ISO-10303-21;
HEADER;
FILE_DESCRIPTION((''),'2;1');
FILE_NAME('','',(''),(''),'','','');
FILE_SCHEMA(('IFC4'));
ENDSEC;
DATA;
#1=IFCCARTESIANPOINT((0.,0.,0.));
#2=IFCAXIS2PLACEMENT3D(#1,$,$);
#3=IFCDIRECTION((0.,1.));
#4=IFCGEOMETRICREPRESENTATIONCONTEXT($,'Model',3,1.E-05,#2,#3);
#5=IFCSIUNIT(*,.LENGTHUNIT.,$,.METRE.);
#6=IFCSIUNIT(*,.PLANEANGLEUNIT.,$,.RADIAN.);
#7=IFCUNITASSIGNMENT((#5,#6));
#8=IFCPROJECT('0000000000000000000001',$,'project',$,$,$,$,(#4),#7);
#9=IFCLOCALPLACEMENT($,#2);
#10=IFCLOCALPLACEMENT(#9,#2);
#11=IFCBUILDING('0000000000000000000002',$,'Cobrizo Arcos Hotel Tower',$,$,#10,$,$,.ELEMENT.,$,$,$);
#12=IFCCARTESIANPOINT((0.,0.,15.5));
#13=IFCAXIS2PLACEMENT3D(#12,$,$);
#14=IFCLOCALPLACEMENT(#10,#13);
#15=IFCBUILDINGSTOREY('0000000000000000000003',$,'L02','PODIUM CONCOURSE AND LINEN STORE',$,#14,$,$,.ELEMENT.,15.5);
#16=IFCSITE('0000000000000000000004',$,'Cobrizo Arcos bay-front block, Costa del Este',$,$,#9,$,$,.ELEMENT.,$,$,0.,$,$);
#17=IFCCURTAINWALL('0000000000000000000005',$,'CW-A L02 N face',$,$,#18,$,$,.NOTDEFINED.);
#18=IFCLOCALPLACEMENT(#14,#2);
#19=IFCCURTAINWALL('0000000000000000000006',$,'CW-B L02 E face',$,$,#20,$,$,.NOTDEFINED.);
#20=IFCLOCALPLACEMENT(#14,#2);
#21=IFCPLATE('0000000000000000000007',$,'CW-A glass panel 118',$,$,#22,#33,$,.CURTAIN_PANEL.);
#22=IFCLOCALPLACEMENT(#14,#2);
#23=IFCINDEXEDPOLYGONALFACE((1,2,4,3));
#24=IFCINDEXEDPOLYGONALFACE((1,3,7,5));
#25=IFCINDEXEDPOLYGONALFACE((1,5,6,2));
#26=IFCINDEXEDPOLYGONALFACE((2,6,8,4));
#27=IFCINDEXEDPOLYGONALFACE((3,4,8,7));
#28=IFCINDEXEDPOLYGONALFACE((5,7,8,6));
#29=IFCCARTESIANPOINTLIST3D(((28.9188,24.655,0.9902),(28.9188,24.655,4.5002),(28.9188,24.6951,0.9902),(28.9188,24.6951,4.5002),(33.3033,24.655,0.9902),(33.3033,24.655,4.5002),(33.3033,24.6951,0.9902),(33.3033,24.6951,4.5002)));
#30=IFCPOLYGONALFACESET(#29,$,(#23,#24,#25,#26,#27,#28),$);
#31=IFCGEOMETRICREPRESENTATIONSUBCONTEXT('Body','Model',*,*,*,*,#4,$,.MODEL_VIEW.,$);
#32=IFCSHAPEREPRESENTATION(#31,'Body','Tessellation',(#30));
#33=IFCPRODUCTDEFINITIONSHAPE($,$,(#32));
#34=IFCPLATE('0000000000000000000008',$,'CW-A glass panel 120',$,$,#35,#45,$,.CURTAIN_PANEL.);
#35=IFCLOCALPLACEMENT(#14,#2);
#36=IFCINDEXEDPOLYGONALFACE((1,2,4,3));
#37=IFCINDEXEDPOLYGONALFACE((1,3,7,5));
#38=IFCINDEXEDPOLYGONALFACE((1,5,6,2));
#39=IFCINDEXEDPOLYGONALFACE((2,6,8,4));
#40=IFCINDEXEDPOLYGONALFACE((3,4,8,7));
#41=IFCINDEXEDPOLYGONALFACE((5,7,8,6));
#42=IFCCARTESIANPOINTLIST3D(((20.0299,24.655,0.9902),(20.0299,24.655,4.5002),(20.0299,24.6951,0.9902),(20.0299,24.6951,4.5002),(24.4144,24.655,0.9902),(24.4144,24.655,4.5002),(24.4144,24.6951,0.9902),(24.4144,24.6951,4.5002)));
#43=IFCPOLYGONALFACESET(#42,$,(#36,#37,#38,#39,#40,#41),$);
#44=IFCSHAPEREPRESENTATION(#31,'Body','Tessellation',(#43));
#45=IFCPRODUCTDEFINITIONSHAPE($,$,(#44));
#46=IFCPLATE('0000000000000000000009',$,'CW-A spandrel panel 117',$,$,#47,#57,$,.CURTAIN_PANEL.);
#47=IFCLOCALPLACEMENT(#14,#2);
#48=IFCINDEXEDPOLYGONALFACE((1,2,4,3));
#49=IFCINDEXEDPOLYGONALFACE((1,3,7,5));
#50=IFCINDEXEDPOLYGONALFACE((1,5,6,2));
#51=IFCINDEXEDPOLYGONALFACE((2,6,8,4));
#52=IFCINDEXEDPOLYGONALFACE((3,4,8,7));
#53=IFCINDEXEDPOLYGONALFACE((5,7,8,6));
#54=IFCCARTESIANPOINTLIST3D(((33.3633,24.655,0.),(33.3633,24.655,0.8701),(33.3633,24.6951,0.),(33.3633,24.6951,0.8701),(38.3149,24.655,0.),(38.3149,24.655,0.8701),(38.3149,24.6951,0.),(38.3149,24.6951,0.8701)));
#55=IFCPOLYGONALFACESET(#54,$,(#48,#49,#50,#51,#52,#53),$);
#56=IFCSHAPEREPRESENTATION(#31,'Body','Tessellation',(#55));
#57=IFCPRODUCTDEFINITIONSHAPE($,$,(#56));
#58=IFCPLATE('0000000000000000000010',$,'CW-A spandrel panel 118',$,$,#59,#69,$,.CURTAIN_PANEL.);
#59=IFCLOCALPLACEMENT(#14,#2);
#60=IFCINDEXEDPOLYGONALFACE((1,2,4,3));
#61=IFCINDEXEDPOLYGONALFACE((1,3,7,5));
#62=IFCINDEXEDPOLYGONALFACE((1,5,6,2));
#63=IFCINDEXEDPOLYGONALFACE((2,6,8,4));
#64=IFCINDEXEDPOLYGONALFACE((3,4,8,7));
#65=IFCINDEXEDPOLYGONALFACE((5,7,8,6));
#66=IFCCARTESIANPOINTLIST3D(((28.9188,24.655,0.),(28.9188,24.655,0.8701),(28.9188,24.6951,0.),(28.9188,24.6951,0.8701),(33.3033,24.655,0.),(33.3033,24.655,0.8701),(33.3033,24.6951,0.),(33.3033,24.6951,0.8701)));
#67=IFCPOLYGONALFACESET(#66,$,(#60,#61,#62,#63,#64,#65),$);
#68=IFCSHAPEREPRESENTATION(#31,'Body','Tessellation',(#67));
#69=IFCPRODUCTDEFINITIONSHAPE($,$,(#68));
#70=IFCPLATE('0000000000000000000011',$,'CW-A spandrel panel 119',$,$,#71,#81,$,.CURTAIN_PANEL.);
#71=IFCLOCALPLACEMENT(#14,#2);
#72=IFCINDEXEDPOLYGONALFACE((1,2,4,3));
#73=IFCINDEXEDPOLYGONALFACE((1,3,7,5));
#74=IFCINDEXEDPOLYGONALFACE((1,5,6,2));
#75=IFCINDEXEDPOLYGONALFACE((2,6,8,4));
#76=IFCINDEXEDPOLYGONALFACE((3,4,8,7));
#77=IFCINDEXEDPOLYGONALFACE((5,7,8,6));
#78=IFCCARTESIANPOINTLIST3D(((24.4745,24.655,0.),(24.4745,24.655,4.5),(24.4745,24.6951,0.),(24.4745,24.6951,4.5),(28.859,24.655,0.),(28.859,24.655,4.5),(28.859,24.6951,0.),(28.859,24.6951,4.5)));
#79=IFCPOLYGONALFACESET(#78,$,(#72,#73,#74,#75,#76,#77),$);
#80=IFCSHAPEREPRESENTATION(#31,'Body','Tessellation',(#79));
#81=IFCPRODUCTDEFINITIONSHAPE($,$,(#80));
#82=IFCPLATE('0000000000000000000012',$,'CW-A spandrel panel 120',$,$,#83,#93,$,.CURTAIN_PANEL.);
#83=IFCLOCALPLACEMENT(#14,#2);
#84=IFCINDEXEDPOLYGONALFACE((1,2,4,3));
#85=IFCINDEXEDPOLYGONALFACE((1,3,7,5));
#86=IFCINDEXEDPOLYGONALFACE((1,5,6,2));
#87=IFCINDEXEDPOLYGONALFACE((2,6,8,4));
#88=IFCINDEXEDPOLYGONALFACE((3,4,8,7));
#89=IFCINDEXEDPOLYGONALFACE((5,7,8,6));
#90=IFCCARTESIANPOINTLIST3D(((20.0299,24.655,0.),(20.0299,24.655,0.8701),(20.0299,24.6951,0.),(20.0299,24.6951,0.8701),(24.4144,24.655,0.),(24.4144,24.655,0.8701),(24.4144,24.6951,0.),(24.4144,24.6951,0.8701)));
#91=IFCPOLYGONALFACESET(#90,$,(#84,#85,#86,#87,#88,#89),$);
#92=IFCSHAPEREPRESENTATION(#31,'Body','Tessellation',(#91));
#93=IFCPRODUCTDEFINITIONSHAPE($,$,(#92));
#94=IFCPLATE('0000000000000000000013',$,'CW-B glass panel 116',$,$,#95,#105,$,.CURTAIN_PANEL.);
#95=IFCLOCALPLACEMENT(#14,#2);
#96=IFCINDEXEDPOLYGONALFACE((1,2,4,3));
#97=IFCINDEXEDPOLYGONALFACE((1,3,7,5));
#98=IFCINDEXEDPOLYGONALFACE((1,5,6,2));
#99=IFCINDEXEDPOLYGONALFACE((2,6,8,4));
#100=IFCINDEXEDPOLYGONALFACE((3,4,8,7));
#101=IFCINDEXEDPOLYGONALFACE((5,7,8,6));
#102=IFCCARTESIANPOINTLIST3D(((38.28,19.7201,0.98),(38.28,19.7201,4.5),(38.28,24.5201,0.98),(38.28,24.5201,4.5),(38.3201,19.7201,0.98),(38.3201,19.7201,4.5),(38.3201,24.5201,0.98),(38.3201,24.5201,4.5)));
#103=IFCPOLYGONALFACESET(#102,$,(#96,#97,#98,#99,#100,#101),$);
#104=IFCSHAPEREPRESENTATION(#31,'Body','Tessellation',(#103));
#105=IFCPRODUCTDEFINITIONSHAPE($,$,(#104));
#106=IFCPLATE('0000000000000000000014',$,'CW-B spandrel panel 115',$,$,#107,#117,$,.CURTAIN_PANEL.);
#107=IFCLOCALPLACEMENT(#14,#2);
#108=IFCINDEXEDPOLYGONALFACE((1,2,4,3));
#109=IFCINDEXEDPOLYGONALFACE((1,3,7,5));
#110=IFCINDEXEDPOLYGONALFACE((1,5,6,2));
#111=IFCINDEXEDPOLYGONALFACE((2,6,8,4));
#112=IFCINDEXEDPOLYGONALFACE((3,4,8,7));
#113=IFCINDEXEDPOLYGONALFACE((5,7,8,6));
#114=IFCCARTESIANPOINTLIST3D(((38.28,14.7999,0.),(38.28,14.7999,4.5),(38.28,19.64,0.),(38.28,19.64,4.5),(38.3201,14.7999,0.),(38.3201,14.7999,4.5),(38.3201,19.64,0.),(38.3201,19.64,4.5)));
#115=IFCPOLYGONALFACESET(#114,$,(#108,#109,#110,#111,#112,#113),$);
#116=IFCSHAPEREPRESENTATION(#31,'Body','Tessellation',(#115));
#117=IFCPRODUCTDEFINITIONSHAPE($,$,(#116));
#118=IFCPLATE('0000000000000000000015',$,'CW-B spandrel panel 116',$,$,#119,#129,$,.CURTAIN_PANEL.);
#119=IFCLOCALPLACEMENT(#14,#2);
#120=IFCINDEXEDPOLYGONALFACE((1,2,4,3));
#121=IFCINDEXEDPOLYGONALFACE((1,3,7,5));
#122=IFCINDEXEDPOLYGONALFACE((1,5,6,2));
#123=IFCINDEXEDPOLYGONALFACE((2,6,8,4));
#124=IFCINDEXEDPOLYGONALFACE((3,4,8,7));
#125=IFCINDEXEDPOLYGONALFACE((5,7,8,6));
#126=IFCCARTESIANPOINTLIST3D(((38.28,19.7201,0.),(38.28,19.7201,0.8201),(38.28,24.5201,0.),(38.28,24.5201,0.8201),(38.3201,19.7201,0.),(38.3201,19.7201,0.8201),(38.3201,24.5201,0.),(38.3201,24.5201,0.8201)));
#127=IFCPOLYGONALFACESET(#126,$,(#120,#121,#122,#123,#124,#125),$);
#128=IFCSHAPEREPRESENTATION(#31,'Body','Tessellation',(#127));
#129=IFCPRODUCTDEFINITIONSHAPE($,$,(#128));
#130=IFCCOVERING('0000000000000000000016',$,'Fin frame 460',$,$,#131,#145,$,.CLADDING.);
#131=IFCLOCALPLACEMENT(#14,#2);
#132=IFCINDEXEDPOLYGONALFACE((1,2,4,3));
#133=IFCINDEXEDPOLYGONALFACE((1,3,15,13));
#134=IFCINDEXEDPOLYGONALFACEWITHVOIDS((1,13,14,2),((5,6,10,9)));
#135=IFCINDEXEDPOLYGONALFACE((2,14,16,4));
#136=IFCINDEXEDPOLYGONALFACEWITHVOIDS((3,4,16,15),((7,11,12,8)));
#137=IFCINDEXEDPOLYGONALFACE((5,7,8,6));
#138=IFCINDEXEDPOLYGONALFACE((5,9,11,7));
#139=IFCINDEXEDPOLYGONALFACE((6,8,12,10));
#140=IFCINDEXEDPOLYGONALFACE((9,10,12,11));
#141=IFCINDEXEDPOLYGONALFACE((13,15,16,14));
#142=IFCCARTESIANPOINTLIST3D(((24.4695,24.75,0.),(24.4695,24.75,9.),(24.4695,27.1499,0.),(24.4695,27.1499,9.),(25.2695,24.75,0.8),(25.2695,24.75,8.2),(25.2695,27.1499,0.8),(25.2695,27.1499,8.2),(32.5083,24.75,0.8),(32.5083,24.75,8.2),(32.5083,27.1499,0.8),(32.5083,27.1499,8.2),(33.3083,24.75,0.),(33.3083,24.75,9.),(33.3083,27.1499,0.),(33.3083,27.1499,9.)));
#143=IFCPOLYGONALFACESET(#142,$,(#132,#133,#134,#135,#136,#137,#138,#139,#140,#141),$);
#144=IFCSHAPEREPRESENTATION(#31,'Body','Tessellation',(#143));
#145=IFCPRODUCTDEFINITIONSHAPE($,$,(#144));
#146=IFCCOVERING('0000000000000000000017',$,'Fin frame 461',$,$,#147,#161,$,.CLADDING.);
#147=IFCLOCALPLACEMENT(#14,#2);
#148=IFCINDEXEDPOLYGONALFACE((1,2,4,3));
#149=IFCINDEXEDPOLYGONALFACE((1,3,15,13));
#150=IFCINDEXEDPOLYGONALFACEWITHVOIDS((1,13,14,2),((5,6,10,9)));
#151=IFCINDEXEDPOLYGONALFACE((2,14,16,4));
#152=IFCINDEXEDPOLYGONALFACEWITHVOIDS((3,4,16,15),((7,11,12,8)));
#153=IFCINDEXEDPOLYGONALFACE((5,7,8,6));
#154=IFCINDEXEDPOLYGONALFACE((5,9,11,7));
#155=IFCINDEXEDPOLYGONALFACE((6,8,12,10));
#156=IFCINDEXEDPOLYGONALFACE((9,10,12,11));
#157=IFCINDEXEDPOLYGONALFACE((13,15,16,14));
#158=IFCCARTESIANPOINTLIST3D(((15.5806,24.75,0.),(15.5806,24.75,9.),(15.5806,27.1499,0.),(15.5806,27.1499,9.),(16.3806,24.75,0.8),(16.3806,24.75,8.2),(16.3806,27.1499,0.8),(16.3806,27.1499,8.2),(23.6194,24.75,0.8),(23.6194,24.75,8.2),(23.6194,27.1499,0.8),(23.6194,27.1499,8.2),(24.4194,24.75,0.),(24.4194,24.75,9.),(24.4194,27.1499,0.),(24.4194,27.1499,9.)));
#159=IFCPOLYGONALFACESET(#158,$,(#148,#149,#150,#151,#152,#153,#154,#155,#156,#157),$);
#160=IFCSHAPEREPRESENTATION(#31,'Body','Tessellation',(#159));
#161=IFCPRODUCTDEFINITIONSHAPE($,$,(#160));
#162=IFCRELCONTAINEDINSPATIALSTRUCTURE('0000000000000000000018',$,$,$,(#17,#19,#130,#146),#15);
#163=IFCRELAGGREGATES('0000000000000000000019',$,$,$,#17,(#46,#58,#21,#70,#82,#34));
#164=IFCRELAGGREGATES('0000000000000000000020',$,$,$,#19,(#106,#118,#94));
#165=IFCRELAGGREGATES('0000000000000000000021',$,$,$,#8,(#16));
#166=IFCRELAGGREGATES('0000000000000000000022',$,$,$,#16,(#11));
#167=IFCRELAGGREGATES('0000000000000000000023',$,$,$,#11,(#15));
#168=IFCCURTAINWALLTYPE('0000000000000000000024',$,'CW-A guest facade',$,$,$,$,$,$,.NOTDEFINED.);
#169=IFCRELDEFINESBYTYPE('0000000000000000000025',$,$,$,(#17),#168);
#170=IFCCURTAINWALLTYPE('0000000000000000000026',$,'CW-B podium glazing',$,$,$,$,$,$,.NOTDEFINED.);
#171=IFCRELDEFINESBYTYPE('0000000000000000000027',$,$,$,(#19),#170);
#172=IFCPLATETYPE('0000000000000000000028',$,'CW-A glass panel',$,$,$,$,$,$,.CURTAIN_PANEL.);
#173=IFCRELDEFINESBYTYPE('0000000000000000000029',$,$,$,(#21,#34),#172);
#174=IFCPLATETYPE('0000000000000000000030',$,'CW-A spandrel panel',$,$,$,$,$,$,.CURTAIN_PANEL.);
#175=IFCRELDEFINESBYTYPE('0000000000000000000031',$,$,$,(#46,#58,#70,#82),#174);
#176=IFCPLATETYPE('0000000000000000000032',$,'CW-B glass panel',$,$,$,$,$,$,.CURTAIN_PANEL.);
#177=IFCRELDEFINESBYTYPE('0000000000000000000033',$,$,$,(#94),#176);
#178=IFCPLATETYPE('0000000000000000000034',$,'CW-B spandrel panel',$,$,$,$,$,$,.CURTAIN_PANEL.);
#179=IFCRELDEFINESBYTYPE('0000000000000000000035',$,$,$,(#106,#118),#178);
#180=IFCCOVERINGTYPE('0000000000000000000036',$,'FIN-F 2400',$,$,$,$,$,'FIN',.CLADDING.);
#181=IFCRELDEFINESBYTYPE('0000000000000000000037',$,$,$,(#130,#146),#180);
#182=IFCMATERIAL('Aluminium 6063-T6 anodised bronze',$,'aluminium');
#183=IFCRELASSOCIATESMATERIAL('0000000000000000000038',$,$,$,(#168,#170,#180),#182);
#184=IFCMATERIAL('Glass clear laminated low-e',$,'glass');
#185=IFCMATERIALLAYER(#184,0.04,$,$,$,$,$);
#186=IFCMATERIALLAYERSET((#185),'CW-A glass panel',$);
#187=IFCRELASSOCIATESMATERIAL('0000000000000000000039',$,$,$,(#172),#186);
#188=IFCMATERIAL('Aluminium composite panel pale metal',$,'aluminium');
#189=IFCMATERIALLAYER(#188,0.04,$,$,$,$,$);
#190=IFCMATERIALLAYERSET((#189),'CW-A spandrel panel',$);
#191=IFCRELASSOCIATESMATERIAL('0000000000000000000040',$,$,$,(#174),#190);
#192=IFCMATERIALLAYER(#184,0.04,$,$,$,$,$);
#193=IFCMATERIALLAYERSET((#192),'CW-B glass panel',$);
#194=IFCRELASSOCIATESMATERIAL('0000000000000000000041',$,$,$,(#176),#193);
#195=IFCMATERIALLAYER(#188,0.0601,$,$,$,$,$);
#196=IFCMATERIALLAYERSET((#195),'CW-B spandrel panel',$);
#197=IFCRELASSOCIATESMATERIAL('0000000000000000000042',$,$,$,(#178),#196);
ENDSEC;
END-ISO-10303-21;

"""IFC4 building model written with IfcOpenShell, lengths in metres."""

from ifc_helpers import new_model, si_unit, direction, frame, origin, origin_2d, place, context, subcontext, project, spatial, polyline, rectangle, outline, extrude, material, layer, layer_set, type_object, element, aggregate, save


model = new_model("IFC4")

# Units and contexts
model_context = context("Model", 3, precision=1e-05, world=origin(), true_north=direction((0.0, 1.0)))
body_context = subcontext(model_context, "Body", "Model", "MODEL_VIEW")
ifc_project = project(units=[si_unit("LENGTHUNIT", "METRE"), si_unit("PLANEANGLEUNIT", "RADIAN")], contexts=[model_context])

# Site, building, storey
site_placement = place(None, origin())
site = spatial("IfcSite", under=ifc_project, at=site_placement, Name="Cobrizo Arcos bay-front block, Costa del Este", CompositionType="ELEMENT", RefElevation=0.0)
building_placement = place(site_placement, origin())
building = spatial("IfcBuilding", under=site, at=building_placement, Name="Cobrizo Arcos Hotel Tower", CompositionType="ELEMENT")
storey_placement = place(building_placement, frame((0.0, 0.0, 15.5)))
storey = spatial("IfcBuildingStorey", under=building, at=storey_placement, Name="L02", Description="PODIUM CONCOURSE AND LINEN STORE", CompositionType="ELEMENT", Elevation=15.5)

# Curtain walls
ifc_material_1 = material(Name="Aluminium 6063-T6 anodised bronze", Category="aluminium")
curtain_wall_type_1 = type_object("IfcCurtainWallType", Name="CW-A guest facade", PredefinedType="NOTDEFINED", material=ifc_material_1)
curtain_wall_1_placement = place(storey_placement, origin())
curtain_wall_1 = element("IfcCurtainWall", 1, at=curtain_wall_1_placement, inside=storey, type_object=curtain_wall_type_1, Name="CW-A L02 N face", PredefinedType="NOTDEFINED")
curtain_wall_type_2 = type_object("IfcCurtainWallType", Name="CW-B podium glazing", PredefinedType="NOTDEFINED", material=ifc_material_1)
curtain_wall_2_placement = place(storey_placement, origin())
curtain_wall_2 = element("IfcCurtainWall", 2, at=curtain_wall_2_placement, inside=storey, type_object=curtain_wall_type_2, Name="CW-B L02 E face", PredefinedType="NOTDEFINED")

# Plates
ifc_material_2 = material(Name="Glass clear laminated low-e", Category="glass")
ifc_layer_1 = layer(ifc_material_2, 0.04)
ifc_layer_set_1 = layer_set([ifc_layer_1], Name="CW-A glass panel")
plate_type_1 = type_object("IfcPlateType", Name="CW-A glass panel", PredefinedType="CURTAIN_PANEL", material=ifc_layer_set_1)
plate_1_placement = place(storey_placement, frame((31.1111, 24.675, 0.9902), z_axis=(0.0, 0.0, 1.0), x_axis=(-1.0, 0.0, 0.0)))
plate_1 = element("IfcPlate", 3, at=plate_1_placement, type_object=plate_type_1, Name="CW-A glass panel 118", PredefinedType="CURTAIN_PANEL", context=body_context, shape_type="SweptSolid", body=[
    extrude(rectangle(XDim=4.3845, YDim=0.04, at=origin_2d()), origin(), (0.0, 0.0, 1.0), 3.51),
])
plate_2_placement = place(storey_placement, frame((22.2222, 24.675, 0.9902), z_axis=(0.0, 0.0, 1.0), x_axis=(-1.0, 0.0, 0.0)))
plate_2 = element("IfcPlate", 4, at=plate_2_placement, type_object=plate_type_1, Name="CW-A glass panel 120", PredefinedType="CURTAIN_PANEL", context=body_context, shape_type="SweptSolid", body=[
    extrude(rectangle(XDim=4.3845, YDim=0.04, at=origin_2d()), origin(), (0.0, 0.0, 1.0), 3.51),
])
ifc_material_3 = material(Name="Aluminium composite panel pale metal", Category="aluminium")
ifc_layer_2 = layer(ifc_material_3, 0.04)
ifc_layer_set_2 = layer_set([ifc_layer_2], Name="CW-A spandrel panel")
plate_type_2 = type_object("IfcPlateType", Name="CW-A spandrel panel", PredefinedType="CURTAIN_PANEL", material=ifc_layer_set_2)
plate_3_placement = place(storey_placement, frame((35.8391, 24.675, 0.0), z_axis=(0.0, 0.0, 1.0), x_axis=(-1.0, 0.0, 0.0)))
plate_3 = element("IfcPlate", 5, at=plate_3_placement, type_object=plate_type_2, Name="CW-A spandrel panel 117", PredefinedType="CURTAIN_PANEL", context=body_context, shape_type="SweptSolid", body=[
    extrude(rectangle(XDim=4.9517, YDim=0.04, at=origin_2d()), origin(), (0.0, 0.0, 1.0), 0.8701),
])
plate_4_placement = place(storey_placement, frame((31.1111, 24.675, 0.0), z_axis=(0.0, 0.0, 1.0), x_axis=(-1.0, 0.0, 0.0)))
plate_4 = element("IfcPlate", 6, at=plate_4_placement, type_object=plate_type_2, Name="CW-A spandrel panel 118", PredefinedType="CURTAIN_PANEL", context=body_context, shape_type="SweptSolid", body=[
    extrude(rectangle(XDim=4.3845, YDim=0.04, at=origin_2d()), origin(), (0.0, 0.0, 1.0), 0.8701),
])
plate_5_placement = place(storey_placement, frame((26.6667, 24.675, 0.0), z_axis=(0.0, 0.0, 1.0), x_axis=(-1.0, 0.0, 0.0)))
plate_5 = element("IfcPlate", 7, at=plate_5_placement, type_object=plate_type_2, Name="CW-A spandrel panel 119", PredefinedType="CURTAIN_PANEL", context=body_context, shape_type="SweptSolid", body=[
    extrude(rectangle(XDim=4.3845, YDim=0.04, at=origin_2d()), origin(), (0.0, 0.0, 1.0), 4.5),
])
plate_6_placement = place(storey_placement, frame((22.2222, 24.675, 0.0), z_axis=(0.0, 0.0, 1.0), x_axis=(-1.0, 0.0, 0.0)))
plate_6 = element("IfcPlate", 8, at=plate_6_placement, type_object=plate_type_2, Name="CW-A spandrel panel 120", PredefinedType="CURTAIN_PANEL", context=body_context, shape_type="SweptSolid", body=[
    extrude(rectangle(XDim=4.3845, YDim=0.04, at=origin_2d()), origin(), (0.0, 0.0, 1.0), 0.8701),
])
aggregate(curtain_wall_1, [plate_3, plate_4, plate_1, plate_5, plate_6, plate_2])
ifc_layer_3 = layer(ifc_material_2, 0.04)
ifc_layer_set_3 = layer_set([ifc_layer_3], Name="CW-B glass panel")
plate_type_3 = type_object("IfcPlateType", Name="CW-B glass panel", PredefinedType="CURTAIN_PANEL", material=ifc_layer_set_3)
plate_7_placement = place(storey_placement, frame((38.3, 22.1201, 0.98), z_axis=(0.0, 0.0, 1.0), x_axis=(0.0, 1.0, 0.0)))
plate_7 = element("IfcPlate", 9, at=plate_7_placement, type_object=plate_type_3, Name="CW-B glass panel 116", PredefinedType="CURTAIN_PANEL", context=body_context, shape_type="SweptSolid", body=[
    extrude(rectangle(XDim=4.8, YDim=0.04, at=origin_2d()), origin(), (0.0, 0.0, 1.0), 3.52),
])
ifc_layer_4 = layer(ifc_material_3, 0.0601)
ifc_layer_set_4 = layer_set([ifc_layer_4], Name="CW-B spandrel panel")
plate_type_4 = type_object("IfcPlateType", Name="CW-B spandrel panel", PredefinedType="CURTAIN_PANEL", material=ifc_layer_set_4)
plate_8_placement = place(storey_placement, frame((38.3, 17.22, 0.0), z_axis=(0.0, 0.0, 1.0), x_axis=(0.0, 1.0, 0.0)))
plate_8 = element("IfcPlate", 10, at=plate_8_placement, type_object=plate_type_4, Name="CW-B spandrel panel 115", PredefinedType="CURTAIN_PANEL", context=body_context, shape_type="SweptSolid", body=[
    extrude(rectangle(XDim=4.8401, YDim=0.04, at=origin_2d()), origin(), (0.0, 0.0, 1.0), 4.5),
])
plate_9_placement = place(storey_placement, frame((38.3, 22.1201, 0.0), z_axis=(0.0, 0.0, 1.0), x_axis=(0.0, 1.0, 0.0)))
plate_9 = element("IfcPlate", 11, at=plate_9_placement, type_object=plate_type_4, Name="CW-B spandrel panel 116", PredefinedType="CURTAIN_PANEL", context=body_context, shape_type="SweptSolid", body=[
    extrude(rectangle(XDim=4.8, YDim=0.04, at=origin_2d()), origin(), (0.0, 0.0, 1.0), 0.8201),
])
aggregate(curtain_wall_2, [plate_8, plate_9, plate_7])

# Coverings
covering_type = type_object("IfcCoveringType", Name="FIN-F 2400", ElementType="FIN", PredefinedType="CLADDING", material=ifc_material_1)
for number, where, z_axis, x_axis, name in (
    (12, (33.3083, 24.75, 0.0), (0.0, 1.0, 0.0), (-1.0, 0.0, 0.0), "Fin frame 460"),
    (13, (24.4194, 24.75, 0.0), (0.0, 1.0, 0.0), (-1.0, 0.0, 0.0), "Fin frame 461"),
):
    element("IfcCovering", number, at=place(storey_placement, frame(where, z_axis=z_axis, x_axis=x_axis)), inside=storey, type_object=covering_type, Name=name, PredefinedType="CLADDING", context=body_context, shape_type="SweptSolid", body=[
        extrude(outline(polyline([(0.0, 9.0), (0.0, 0.0), (8.8389, 0.0), (8.8389, 9.0), (0.0, 9.0)]), holes=[polyline([(8.0388, 0.8), (0.8, 0.8), (0.8, 8.2), (8.0388, 8.2), (8.0388, 0.8)])]), origin(), (0.0, 0.0, 1.0), 2.3999),
    ])

save(model, "model.ifc")
